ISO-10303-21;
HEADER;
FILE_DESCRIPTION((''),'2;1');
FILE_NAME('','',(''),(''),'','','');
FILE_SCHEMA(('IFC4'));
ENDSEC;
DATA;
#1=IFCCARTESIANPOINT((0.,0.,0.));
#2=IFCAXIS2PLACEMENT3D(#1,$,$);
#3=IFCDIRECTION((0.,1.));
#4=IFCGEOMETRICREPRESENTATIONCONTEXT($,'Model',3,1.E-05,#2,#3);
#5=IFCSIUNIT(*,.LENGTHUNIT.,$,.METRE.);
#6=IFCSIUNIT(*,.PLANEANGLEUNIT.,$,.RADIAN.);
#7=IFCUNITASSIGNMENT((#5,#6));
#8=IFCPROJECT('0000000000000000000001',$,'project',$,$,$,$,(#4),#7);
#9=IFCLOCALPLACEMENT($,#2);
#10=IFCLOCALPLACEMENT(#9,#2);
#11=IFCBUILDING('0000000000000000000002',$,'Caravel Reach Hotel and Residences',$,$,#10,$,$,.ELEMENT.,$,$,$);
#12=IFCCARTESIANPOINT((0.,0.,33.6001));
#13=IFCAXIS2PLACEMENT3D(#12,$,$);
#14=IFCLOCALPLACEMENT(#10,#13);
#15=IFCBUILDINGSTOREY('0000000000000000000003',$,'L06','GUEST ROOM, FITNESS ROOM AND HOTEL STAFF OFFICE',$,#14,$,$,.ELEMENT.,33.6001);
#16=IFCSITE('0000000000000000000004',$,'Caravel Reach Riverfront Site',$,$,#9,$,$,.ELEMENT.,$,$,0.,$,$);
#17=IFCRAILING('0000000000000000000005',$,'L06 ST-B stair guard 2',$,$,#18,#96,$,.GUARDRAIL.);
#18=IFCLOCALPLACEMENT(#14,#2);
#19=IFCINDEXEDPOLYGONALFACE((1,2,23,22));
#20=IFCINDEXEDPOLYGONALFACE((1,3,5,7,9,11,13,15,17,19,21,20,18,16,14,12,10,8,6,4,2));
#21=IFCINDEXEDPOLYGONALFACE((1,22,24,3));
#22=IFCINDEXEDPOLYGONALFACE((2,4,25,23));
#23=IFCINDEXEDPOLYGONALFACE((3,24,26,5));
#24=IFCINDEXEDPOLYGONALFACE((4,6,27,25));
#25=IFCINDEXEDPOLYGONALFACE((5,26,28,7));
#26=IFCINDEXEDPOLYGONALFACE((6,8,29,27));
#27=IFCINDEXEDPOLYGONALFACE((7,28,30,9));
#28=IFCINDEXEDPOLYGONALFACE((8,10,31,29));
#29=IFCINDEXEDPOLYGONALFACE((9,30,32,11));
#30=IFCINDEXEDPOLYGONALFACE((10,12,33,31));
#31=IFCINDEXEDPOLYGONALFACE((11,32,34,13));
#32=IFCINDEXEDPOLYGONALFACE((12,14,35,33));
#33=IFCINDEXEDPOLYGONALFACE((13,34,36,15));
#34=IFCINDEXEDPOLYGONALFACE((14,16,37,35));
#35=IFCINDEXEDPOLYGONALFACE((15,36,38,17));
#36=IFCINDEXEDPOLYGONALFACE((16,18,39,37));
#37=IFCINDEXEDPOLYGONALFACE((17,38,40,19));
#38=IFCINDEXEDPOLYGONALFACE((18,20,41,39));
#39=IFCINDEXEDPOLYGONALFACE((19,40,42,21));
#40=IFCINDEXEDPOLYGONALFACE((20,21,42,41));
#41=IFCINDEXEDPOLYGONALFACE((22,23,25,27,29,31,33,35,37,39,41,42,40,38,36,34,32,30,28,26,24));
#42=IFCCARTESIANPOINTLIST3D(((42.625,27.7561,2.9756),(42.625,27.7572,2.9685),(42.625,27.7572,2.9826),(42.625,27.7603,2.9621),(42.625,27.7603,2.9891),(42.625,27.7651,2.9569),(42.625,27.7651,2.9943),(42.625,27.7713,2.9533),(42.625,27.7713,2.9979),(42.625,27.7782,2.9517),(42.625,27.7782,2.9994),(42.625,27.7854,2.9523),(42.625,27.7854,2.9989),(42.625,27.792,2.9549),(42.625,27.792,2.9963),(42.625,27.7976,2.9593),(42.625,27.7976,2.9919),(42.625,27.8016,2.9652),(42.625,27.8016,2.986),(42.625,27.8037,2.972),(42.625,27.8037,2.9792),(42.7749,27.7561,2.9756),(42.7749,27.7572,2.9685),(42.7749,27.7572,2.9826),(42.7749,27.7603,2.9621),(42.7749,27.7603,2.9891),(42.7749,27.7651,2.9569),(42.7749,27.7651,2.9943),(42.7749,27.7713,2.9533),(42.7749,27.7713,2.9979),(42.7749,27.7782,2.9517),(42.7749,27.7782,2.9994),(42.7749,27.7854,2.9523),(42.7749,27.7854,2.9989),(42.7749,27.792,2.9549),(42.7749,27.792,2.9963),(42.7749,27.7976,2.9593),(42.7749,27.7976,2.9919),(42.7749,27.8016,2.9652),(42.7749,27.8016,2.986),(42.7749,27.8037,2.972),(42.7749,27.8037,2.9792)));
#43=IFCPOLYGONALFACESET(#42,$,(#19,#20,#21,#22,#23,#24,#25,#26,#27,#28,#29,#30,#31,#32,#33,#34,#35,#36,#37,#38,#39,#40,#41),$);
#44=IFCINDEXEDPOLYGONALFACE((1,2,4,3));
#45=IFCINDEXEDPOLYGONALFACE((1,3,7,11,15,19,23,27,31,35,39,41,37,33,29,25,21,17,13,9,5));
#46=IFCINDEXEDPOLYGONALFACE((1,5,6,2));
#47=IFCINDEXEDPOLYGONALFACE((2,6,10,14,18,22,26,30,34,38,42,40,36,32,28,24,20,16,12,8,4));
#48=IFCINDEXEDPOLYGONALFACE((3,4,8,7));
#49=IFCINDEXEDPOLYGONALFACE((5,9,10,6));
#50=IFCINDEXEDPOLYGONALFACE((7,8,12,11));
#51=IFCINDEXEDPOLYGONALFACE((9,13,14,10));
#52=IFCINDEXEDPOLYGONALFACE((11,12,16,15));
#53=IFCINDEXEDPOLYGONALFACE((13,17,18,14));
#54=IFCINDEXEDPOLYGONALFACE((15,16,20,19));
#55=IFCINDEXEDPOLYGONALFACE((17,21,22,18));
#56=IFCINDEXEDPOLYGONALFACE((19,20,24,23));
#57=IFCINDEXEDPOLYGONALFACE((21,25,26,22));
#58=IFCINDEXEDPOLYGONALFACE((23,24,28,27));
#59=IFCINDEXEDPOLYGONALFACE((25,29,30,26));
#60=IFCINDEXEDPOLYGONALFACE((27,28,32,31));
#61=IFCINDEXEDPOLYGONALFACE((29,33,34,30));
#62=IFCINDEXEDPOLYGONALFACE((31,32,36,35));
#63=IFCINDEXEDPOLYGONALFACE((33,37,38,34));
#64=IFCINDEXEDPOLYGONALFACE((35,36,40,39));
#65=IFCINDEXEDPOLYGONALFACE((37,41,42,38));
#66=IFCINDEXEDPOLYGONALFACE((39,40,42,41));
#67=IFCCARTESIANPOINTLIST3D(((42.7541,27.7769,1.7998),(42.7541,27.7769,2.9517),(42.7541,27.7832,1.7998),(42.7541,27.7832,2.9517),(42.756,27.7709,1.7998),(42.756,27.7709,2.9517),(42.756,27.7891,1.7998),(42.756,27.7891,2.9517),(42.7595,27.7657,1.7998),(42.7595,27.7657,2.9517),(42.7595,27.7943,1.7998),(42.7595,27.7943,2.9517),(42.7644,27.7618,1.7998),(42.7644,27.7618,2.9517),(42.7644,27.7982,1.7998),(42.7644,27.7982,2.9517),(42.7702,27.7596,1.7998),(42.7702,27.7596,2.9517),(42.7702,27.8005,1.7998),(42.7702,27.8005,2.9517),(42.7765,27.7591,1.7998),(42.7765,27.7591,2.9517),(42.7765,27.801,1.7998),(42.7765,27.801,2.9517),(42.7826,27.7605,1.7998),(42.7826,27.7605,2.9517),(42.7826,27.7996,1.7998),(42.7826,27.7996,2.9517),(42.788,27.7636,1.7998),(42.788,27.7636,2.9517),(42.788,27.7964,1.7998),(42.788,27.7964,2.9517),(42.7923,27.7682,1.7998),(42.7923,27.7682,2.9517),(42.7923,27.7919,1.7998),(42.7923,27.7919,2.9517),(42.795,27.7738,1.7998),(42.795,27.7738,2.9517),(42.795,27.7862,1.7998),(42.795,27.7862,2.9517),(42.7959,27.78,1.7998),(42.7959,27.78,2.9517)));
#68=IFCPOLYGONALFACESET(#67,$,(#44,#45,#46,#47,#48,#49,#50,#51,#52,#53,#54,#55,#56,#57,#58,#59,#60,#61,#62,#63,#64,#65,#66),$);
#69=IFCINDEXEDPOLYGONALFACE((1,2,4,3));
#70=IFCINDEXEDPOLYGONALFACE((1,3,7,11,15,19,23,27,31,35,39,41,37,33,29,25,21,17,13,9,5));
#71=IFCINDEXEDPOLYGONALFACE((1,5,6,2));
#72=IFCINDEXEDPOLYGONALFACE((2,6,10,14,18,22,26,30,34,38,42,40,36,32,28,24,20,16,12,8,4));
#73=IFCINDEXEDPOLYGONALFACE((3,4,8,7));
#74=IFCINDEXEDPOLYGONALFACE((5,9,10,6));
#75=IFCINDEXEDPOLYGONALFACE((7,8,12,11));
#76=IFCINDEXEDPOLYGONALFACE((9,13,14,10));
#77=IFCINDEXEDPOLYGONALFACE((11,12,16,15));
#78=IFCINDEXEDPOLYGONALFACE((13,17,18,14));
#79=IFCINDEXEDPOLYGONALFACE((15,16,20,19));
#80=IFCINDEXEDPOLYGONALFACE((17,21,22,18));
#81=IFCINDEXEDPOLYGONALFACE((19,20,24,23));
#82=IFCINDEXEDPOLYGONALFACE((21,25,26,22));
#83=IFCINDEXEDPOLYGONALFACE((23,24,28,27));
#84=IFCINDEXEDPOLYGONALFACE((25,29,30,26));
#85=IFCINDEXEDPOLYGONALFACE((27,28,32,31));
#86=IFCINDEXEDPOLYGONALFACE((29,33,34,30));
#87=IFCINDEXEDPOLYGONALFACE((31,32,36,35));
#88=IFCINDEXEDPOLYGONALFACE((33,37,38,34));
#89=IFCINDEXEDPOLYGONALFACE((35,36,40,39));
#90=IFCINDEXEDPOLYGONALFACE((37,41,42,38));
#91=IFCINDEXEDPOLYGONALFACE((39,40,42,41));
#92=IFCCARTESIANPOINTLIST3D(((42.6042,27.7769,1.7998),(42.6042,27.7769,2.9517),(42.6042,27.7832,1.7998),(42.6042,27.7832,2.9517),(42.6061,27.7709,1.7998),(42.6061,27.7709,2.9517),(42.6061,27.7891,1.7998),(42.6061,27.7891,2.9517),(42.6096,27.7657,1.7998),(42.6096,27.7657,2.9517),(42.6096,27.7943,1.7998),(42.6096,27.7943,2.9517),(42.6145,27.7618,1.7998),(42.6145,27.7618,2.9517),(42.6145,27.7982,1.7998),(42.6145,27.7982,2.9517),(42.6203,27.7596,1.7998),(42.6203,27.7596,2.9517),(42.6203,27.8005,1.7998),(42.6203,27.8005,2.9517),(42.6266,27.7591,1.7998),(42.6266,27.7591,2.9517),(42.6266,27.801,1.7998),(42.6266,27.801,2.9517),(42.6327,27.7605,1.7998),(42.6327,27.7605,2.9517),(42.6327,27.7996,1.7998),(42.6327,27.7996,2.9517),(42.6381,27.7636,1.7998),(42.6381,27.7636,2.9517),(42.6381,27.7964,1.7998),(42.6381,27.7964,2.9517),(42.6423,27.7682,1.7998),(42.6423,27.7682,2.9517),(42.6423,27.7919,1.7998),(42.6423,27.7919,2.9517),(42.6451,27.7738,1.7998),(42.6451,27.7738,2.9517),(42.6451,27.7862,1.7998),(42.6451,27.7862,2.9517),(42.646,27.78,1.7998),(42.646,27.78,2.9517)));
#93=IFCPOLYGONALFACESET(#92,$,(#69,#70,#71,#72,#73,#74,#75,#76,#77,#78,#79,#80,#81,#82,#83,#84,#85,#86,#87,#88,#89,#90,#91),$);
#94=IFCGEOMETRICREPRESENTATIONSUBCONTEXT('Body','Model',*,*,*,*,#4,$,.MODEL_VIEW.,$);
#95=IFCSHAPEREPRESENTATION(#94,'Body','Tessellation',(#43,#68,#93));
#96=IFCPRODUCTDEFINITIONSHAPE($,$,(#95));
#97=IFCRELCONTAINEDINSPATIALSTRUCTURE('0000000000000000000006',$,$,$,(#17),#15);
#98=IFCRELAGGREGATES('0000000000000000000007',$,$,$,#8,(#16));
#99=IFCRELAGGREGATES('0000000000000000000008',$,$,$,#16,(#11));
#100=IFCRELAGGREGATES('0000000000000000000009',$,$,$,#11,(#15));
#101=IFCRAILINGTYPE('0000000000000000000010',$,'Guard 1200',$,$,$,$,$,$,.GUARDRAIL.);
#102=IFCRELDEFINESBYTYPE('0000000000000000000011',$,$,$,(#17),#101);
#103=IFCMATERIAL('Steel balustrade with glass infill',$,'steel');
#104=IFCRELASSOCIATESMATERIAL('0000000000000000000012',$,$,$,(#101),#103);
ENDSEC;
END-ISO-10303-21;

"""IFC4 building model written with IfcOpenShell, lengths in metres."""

from ifc_helpers import new_model, si_unit, direction, frame, origin, origin_2d, place, context, subcontext, project, spatial, circle, extrude, material, type_object, element, save


model = new_model("IFC4")

# Units and contexts
model_context = context("Model", 3, precision=1e-05, world=origin(), true_north=direction((0.0, 1.0)))
body_context = subcontext(model_context, "Body", "Model", "MODEL_VIEW")
ifc_project = project(units=[si_unit("LENGTHUNIT", "METRE"), si_unit("PLANEANGLEUNIT", "RADIAN")], contexts=[model_context])

# Site, building, storey
site_placement = place(None, origin())
site = spatial("IfcSite", under=ifc_project, at=site_placement, Name="Caravel Reach Riverfront Site", CompositionType="ELEMENT", RefElevation=0.0)
building_placement = place(site_placement, origin())
building = spatial("IfcBuilding", under=site, at=building_placement, Name="Caravel Reach Hotel and Residences", CompositionType="ELEMENT")
storey_placement = place(building_placement, frame((0.0, 0.0, 33.6001)))
storey = spatial("IfcBuildingStorey", under=building, at=storey_placement, Name="L06", Description="GUEST ROOM, FITNESS ROOM AND HOTEL STAFF OFFICE", CompositionType="ELEMENT", Elevation=33.6001)

# Railing
ifc_material_1 = material(Name="Steel balustrade with glass infill", Category="steel")
railing_type_1 = type_object("IfcRailingType", Name="Guard 1200", PredefinedType="GUARDRAIL", material=ifc_material_1)
railing_1_placement = place(storey_placement, frame((42.7749, 27.78, 1.7998)))
element("IfcRailing", 1, at=railing_1_placement, inside=storey, type_object=railing_type_1, Name="L06 ST-B stair guard 2", PredefinedType="GUARDRAIL", context=body_context, shape_type="SweptSolid", body=[
    extrude(circle(Radius=0.0239, at=origin_2d()), frame((0.0, 0.0, 1.1758), z_axis=(-1.0, 0.0, 0.0), x_axis=(0.0, -1.0, 0.0)), (0.0, 0.0, 1.0), 0.1499),
    extrude(circle(Radius=0.021, at=origin_2d()), origin(), (0.0, 0.0, 1.0), 1.1519),
    extrude(circle(Radius=0.021, at=origin_2d()), frame((-0.1499, 0.0, 0.0)), (0.0, 0.0, 1.0), 1.1519),
])

save(model, "model.ifc")
